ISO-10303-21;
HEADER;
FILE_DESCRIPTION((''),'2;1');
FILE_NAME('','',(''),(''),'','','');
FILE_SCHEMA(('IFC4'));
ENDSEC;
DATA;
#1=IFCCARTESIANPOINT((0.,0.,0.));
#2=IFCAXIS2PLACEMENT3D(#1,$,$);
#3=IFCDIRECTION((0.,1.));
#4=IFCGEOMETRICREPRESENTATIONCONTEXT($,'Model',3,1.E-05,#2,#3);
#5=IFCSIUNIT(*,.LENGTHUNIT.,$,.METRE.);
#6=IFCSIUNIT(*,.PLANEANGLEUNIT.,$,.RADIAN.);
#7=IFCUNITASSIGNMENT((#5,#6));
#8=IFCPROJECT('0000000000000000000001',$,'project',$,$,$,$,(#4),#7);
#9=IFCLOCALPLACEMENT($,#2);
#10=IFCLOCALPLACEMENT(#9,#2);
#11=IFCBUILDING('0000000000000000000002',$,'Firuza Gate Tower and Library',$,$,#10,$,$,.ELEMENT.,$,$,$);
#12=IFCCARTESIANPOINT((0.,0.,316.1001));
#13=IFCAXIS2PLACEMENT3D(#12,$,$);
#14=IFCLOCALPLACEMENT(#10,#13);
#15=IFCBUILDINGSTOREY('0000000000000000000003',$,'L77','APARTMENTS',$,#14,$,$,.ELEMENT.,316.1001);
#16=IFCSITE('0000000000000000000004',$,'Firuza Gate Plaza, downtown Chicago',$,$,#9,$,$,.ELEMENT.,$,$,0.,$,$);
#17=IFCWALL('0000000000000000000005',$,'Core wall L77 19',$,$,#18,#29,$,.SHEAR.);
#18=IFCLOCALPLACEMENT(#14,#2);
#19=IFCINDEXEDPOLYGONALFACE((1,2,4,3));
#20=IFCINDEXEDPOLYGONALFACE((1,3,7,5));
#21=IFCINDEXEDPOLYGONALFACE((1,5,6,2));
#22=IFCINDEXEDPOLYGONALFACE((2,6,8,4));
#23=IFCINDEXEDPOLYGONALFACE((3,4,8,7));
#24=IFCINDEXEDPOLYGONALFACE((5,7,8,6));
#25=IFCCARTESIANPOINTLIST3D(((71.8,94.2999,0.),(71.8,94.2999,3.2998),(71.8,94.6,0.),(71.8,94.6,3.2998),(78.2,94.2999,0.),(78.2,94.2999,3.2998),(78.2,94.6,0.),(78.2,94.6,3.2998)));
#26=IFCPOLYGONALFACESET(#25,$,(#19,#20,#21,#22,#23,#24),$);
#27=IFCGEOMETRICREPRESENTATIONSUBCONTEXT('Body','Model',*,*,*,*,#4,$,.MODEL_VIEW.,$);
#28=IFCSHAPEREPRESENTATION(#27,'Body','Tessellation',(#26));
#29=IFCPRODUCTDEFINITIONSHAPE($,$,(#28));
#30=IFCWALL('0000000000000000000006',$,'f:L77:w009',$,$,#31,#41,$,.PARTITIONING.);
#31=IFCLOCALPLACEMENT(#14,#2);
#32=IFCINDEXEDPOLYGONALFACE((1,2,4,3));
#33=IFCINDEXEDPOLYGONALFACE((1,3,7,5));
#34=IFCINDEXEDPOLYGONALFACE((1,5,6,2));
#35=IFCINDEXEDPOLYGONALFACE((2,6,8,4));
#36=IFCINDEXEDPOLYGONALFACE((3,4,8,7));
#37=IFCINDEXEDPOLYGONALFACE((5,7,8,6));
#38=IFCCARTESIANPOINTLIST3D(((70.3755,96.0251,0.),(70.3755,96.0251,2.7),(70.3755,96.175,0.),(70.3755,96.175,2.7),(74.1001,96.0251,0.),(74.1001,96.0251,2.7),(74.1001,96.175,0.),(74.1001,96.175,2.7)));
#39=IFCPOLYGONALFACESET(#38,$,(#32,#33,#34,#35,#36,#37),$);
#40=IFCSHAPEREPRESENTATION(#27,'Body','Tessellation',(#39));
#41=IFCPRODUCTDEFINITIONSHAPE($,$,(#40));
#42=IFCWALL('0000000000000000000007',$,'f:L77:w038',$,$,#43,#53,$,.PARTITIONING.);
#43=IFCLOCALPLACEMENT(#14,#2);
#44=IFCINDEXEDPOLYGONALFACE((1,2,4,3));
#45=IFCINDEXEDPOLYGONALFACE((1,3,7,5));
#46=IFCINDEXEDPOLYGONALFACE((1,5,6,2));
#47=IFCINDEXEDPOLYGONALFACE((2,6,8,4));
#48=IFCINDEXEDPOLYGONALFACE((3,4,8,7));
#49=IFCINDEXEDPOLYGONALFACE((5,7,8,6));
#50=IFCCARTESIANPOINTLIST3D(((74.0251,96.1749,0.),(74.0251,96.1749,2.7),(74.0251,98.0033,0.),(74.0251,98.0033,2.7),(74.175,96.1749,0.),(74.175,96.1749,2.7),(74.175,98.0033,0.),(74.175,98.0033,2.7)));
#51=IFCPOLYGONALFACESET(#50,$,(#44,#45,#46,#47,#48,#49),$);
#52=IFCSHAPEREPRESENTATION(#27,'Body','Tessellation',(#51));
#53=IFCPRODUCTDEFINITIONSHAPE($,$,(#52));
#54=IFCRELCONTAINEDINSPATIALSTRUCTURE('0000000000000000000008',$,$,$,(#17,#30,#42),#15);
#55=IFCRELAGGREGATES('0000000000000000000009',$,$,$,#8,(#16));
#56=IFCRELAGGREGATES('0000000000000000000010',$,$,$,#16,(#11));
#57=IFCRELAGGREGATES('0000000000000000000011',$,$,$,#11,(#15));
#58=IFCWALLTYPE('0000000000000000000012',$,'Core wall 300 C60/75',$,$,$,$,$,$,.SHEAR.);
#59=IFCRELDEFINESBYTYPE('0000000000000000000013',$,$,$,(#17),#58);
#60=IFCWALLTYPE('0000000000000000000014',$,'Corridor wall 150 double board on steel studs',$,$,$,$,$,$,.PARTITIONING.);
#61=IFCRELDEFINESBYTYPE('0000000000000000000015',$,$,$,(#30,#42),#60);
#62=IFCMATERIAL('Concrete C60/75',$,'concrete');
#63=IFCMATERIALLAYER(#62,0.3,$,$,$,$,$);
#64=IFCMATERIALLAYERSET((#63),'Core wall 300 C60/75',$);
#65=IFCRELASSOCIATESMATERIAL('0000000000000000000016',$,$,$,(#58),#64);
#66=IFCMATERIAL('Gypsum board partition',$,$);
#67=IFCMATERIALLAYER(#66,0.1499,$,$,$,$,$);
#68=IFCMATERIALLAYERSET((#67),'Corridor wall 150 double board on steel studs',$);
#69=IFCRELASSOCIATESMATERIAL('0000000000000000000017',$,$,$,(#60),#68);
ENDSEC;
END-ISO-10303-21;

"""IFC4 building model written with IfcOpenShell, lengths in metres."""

from ifc_helpers import new_model, si_unit, direction, frame, frame_2d, origin, place, context, subcontext, project, spatial, rectangle, extrude, material, layer, layer_set, type_object, element, save


model = new_model("IFC4")

# Units and contexts
model_context = context("Model", 3, precision=1e-05, world=origin(), true_north=direction((0.0, 1.0)))
body_context = subcontext(model_context, "Body", "Model", "MODEL_VIEW")
ifc_project = project(units=[si_unit("LENGTHUNIT", "METRE"), si_unit("PLANEANGLEUNIT", "RADIAN")], contexts=[model_context])

# Site, building, storey
site_placement = place(None, origin())
site = spatial("IfcSite", under=ifc_project, at=site_placement, Name="Firuza Gate Plaza, downtown Chicago", CompositionType="ELEMENT", RefElevation=0.0)
building_placement = place(site_placement, origin())
building = spatial("IfcBuilding", under=site, at=building_placement, Name="Firuza Gate Tower and Library", CompositionType="ELEMENT")
storey_placement = place(building_placement, frame((0.0, 0.0, 316.1001)))
storey = spatial("IfcBuildingStorey", under=building, at=storey_placement, Name="L77", Description="APARTMENTS", CompositionType="ELEMENT", Elevation=316.1001)

# Walls
ifc_material_1 = material(Name="Concrete C60/75", Category="concrete")
ifc_layer_1 = layer(ifc_material_1, 0.3)
ifc_layer_set_1 = layer_set([ifc_layer_1], Name="Core wall 300 C60/75")
wall_type_1 = type_object("IfcWallType", Name="Core wall 300 C60/75", PredefinedType="SHEAR", material=ifc_layer_set_1)
wall_1_placement = place(storey_placement, frame((71.8, 94.45, 0.0), z_axis=(0.0, 0.0, 1.0), x_axis=(1.0, 0.0, 0.0)))
element("IfcWall", 1, at=wall_1_placement, inside=storey, type_object=wall_type_1, Name="Core wall L77 19", PredefinedType="SHEAR", context=body_context, shape_type="SweptSolid", body=[
    extrude(rectangle(XDim=6.3999, YDim=0.3, at=frame_2d((3.2, 0.0))), origin(), (0.0, 0.0, 1.0), 3.2998),
])
ifc_material_2 = material(Name="Gypsum board partition")
ifc_layer_2 = layer(ifc_material_2, 0.1499)
ifc_layer_set_2 = layer_set([ifc_layer_2], Name="Corridor wall 150 double board on steel studs")
wall_type_2 = type_object("IfcWallType", Name="Corridor wall 150 double board on steel studs", PredefinedType="PARTITIONING", material=ifc_layer_set_2)
wall_2_placement = place(storey_placement, frame((70.3755, 96.1001, 0.0), z_axis=(0.0, 0.0, 1.0), x_axis=(1.0, 0.0, 0.0)))
element("IfcWall", 2, at=wall_2_placement, inside=storey, type_object=wall_type_2, Name="f:L77:w009", PredefinedType="PARTITIONING", context=body_context, shape_type="SweptSolid", body=[
    extrude(rectangle(XDim=3.7246, YDim=0.1499, at=frame_2d((1.8623, 0.0))), origin(), (0.0, 0.0, 1.0), 2.7),
])
wall_3_placement = place(storey_placement, frame((74.1001, 96.175, 0.0), z_axis=(0.0, 0.0, 1.0), x_axis=(0.0, 1.0, 0.0)))
element("IfcWall", 3, at=wall_3_placement, inside=storey, type_object=wall_type_2, Name="f:L77:w038", PredefinedType="PARTITIONING", context=body_context, shape_type="SweptSolid", body=[
    extrude(rectangle(XDim=1.8284, YDim=0.1499, at=frame_2d((0.9141, 0.0))), origin(), (0.0, 0.0, 1.0), 2.7),
])

save(model, "model.ifc")
